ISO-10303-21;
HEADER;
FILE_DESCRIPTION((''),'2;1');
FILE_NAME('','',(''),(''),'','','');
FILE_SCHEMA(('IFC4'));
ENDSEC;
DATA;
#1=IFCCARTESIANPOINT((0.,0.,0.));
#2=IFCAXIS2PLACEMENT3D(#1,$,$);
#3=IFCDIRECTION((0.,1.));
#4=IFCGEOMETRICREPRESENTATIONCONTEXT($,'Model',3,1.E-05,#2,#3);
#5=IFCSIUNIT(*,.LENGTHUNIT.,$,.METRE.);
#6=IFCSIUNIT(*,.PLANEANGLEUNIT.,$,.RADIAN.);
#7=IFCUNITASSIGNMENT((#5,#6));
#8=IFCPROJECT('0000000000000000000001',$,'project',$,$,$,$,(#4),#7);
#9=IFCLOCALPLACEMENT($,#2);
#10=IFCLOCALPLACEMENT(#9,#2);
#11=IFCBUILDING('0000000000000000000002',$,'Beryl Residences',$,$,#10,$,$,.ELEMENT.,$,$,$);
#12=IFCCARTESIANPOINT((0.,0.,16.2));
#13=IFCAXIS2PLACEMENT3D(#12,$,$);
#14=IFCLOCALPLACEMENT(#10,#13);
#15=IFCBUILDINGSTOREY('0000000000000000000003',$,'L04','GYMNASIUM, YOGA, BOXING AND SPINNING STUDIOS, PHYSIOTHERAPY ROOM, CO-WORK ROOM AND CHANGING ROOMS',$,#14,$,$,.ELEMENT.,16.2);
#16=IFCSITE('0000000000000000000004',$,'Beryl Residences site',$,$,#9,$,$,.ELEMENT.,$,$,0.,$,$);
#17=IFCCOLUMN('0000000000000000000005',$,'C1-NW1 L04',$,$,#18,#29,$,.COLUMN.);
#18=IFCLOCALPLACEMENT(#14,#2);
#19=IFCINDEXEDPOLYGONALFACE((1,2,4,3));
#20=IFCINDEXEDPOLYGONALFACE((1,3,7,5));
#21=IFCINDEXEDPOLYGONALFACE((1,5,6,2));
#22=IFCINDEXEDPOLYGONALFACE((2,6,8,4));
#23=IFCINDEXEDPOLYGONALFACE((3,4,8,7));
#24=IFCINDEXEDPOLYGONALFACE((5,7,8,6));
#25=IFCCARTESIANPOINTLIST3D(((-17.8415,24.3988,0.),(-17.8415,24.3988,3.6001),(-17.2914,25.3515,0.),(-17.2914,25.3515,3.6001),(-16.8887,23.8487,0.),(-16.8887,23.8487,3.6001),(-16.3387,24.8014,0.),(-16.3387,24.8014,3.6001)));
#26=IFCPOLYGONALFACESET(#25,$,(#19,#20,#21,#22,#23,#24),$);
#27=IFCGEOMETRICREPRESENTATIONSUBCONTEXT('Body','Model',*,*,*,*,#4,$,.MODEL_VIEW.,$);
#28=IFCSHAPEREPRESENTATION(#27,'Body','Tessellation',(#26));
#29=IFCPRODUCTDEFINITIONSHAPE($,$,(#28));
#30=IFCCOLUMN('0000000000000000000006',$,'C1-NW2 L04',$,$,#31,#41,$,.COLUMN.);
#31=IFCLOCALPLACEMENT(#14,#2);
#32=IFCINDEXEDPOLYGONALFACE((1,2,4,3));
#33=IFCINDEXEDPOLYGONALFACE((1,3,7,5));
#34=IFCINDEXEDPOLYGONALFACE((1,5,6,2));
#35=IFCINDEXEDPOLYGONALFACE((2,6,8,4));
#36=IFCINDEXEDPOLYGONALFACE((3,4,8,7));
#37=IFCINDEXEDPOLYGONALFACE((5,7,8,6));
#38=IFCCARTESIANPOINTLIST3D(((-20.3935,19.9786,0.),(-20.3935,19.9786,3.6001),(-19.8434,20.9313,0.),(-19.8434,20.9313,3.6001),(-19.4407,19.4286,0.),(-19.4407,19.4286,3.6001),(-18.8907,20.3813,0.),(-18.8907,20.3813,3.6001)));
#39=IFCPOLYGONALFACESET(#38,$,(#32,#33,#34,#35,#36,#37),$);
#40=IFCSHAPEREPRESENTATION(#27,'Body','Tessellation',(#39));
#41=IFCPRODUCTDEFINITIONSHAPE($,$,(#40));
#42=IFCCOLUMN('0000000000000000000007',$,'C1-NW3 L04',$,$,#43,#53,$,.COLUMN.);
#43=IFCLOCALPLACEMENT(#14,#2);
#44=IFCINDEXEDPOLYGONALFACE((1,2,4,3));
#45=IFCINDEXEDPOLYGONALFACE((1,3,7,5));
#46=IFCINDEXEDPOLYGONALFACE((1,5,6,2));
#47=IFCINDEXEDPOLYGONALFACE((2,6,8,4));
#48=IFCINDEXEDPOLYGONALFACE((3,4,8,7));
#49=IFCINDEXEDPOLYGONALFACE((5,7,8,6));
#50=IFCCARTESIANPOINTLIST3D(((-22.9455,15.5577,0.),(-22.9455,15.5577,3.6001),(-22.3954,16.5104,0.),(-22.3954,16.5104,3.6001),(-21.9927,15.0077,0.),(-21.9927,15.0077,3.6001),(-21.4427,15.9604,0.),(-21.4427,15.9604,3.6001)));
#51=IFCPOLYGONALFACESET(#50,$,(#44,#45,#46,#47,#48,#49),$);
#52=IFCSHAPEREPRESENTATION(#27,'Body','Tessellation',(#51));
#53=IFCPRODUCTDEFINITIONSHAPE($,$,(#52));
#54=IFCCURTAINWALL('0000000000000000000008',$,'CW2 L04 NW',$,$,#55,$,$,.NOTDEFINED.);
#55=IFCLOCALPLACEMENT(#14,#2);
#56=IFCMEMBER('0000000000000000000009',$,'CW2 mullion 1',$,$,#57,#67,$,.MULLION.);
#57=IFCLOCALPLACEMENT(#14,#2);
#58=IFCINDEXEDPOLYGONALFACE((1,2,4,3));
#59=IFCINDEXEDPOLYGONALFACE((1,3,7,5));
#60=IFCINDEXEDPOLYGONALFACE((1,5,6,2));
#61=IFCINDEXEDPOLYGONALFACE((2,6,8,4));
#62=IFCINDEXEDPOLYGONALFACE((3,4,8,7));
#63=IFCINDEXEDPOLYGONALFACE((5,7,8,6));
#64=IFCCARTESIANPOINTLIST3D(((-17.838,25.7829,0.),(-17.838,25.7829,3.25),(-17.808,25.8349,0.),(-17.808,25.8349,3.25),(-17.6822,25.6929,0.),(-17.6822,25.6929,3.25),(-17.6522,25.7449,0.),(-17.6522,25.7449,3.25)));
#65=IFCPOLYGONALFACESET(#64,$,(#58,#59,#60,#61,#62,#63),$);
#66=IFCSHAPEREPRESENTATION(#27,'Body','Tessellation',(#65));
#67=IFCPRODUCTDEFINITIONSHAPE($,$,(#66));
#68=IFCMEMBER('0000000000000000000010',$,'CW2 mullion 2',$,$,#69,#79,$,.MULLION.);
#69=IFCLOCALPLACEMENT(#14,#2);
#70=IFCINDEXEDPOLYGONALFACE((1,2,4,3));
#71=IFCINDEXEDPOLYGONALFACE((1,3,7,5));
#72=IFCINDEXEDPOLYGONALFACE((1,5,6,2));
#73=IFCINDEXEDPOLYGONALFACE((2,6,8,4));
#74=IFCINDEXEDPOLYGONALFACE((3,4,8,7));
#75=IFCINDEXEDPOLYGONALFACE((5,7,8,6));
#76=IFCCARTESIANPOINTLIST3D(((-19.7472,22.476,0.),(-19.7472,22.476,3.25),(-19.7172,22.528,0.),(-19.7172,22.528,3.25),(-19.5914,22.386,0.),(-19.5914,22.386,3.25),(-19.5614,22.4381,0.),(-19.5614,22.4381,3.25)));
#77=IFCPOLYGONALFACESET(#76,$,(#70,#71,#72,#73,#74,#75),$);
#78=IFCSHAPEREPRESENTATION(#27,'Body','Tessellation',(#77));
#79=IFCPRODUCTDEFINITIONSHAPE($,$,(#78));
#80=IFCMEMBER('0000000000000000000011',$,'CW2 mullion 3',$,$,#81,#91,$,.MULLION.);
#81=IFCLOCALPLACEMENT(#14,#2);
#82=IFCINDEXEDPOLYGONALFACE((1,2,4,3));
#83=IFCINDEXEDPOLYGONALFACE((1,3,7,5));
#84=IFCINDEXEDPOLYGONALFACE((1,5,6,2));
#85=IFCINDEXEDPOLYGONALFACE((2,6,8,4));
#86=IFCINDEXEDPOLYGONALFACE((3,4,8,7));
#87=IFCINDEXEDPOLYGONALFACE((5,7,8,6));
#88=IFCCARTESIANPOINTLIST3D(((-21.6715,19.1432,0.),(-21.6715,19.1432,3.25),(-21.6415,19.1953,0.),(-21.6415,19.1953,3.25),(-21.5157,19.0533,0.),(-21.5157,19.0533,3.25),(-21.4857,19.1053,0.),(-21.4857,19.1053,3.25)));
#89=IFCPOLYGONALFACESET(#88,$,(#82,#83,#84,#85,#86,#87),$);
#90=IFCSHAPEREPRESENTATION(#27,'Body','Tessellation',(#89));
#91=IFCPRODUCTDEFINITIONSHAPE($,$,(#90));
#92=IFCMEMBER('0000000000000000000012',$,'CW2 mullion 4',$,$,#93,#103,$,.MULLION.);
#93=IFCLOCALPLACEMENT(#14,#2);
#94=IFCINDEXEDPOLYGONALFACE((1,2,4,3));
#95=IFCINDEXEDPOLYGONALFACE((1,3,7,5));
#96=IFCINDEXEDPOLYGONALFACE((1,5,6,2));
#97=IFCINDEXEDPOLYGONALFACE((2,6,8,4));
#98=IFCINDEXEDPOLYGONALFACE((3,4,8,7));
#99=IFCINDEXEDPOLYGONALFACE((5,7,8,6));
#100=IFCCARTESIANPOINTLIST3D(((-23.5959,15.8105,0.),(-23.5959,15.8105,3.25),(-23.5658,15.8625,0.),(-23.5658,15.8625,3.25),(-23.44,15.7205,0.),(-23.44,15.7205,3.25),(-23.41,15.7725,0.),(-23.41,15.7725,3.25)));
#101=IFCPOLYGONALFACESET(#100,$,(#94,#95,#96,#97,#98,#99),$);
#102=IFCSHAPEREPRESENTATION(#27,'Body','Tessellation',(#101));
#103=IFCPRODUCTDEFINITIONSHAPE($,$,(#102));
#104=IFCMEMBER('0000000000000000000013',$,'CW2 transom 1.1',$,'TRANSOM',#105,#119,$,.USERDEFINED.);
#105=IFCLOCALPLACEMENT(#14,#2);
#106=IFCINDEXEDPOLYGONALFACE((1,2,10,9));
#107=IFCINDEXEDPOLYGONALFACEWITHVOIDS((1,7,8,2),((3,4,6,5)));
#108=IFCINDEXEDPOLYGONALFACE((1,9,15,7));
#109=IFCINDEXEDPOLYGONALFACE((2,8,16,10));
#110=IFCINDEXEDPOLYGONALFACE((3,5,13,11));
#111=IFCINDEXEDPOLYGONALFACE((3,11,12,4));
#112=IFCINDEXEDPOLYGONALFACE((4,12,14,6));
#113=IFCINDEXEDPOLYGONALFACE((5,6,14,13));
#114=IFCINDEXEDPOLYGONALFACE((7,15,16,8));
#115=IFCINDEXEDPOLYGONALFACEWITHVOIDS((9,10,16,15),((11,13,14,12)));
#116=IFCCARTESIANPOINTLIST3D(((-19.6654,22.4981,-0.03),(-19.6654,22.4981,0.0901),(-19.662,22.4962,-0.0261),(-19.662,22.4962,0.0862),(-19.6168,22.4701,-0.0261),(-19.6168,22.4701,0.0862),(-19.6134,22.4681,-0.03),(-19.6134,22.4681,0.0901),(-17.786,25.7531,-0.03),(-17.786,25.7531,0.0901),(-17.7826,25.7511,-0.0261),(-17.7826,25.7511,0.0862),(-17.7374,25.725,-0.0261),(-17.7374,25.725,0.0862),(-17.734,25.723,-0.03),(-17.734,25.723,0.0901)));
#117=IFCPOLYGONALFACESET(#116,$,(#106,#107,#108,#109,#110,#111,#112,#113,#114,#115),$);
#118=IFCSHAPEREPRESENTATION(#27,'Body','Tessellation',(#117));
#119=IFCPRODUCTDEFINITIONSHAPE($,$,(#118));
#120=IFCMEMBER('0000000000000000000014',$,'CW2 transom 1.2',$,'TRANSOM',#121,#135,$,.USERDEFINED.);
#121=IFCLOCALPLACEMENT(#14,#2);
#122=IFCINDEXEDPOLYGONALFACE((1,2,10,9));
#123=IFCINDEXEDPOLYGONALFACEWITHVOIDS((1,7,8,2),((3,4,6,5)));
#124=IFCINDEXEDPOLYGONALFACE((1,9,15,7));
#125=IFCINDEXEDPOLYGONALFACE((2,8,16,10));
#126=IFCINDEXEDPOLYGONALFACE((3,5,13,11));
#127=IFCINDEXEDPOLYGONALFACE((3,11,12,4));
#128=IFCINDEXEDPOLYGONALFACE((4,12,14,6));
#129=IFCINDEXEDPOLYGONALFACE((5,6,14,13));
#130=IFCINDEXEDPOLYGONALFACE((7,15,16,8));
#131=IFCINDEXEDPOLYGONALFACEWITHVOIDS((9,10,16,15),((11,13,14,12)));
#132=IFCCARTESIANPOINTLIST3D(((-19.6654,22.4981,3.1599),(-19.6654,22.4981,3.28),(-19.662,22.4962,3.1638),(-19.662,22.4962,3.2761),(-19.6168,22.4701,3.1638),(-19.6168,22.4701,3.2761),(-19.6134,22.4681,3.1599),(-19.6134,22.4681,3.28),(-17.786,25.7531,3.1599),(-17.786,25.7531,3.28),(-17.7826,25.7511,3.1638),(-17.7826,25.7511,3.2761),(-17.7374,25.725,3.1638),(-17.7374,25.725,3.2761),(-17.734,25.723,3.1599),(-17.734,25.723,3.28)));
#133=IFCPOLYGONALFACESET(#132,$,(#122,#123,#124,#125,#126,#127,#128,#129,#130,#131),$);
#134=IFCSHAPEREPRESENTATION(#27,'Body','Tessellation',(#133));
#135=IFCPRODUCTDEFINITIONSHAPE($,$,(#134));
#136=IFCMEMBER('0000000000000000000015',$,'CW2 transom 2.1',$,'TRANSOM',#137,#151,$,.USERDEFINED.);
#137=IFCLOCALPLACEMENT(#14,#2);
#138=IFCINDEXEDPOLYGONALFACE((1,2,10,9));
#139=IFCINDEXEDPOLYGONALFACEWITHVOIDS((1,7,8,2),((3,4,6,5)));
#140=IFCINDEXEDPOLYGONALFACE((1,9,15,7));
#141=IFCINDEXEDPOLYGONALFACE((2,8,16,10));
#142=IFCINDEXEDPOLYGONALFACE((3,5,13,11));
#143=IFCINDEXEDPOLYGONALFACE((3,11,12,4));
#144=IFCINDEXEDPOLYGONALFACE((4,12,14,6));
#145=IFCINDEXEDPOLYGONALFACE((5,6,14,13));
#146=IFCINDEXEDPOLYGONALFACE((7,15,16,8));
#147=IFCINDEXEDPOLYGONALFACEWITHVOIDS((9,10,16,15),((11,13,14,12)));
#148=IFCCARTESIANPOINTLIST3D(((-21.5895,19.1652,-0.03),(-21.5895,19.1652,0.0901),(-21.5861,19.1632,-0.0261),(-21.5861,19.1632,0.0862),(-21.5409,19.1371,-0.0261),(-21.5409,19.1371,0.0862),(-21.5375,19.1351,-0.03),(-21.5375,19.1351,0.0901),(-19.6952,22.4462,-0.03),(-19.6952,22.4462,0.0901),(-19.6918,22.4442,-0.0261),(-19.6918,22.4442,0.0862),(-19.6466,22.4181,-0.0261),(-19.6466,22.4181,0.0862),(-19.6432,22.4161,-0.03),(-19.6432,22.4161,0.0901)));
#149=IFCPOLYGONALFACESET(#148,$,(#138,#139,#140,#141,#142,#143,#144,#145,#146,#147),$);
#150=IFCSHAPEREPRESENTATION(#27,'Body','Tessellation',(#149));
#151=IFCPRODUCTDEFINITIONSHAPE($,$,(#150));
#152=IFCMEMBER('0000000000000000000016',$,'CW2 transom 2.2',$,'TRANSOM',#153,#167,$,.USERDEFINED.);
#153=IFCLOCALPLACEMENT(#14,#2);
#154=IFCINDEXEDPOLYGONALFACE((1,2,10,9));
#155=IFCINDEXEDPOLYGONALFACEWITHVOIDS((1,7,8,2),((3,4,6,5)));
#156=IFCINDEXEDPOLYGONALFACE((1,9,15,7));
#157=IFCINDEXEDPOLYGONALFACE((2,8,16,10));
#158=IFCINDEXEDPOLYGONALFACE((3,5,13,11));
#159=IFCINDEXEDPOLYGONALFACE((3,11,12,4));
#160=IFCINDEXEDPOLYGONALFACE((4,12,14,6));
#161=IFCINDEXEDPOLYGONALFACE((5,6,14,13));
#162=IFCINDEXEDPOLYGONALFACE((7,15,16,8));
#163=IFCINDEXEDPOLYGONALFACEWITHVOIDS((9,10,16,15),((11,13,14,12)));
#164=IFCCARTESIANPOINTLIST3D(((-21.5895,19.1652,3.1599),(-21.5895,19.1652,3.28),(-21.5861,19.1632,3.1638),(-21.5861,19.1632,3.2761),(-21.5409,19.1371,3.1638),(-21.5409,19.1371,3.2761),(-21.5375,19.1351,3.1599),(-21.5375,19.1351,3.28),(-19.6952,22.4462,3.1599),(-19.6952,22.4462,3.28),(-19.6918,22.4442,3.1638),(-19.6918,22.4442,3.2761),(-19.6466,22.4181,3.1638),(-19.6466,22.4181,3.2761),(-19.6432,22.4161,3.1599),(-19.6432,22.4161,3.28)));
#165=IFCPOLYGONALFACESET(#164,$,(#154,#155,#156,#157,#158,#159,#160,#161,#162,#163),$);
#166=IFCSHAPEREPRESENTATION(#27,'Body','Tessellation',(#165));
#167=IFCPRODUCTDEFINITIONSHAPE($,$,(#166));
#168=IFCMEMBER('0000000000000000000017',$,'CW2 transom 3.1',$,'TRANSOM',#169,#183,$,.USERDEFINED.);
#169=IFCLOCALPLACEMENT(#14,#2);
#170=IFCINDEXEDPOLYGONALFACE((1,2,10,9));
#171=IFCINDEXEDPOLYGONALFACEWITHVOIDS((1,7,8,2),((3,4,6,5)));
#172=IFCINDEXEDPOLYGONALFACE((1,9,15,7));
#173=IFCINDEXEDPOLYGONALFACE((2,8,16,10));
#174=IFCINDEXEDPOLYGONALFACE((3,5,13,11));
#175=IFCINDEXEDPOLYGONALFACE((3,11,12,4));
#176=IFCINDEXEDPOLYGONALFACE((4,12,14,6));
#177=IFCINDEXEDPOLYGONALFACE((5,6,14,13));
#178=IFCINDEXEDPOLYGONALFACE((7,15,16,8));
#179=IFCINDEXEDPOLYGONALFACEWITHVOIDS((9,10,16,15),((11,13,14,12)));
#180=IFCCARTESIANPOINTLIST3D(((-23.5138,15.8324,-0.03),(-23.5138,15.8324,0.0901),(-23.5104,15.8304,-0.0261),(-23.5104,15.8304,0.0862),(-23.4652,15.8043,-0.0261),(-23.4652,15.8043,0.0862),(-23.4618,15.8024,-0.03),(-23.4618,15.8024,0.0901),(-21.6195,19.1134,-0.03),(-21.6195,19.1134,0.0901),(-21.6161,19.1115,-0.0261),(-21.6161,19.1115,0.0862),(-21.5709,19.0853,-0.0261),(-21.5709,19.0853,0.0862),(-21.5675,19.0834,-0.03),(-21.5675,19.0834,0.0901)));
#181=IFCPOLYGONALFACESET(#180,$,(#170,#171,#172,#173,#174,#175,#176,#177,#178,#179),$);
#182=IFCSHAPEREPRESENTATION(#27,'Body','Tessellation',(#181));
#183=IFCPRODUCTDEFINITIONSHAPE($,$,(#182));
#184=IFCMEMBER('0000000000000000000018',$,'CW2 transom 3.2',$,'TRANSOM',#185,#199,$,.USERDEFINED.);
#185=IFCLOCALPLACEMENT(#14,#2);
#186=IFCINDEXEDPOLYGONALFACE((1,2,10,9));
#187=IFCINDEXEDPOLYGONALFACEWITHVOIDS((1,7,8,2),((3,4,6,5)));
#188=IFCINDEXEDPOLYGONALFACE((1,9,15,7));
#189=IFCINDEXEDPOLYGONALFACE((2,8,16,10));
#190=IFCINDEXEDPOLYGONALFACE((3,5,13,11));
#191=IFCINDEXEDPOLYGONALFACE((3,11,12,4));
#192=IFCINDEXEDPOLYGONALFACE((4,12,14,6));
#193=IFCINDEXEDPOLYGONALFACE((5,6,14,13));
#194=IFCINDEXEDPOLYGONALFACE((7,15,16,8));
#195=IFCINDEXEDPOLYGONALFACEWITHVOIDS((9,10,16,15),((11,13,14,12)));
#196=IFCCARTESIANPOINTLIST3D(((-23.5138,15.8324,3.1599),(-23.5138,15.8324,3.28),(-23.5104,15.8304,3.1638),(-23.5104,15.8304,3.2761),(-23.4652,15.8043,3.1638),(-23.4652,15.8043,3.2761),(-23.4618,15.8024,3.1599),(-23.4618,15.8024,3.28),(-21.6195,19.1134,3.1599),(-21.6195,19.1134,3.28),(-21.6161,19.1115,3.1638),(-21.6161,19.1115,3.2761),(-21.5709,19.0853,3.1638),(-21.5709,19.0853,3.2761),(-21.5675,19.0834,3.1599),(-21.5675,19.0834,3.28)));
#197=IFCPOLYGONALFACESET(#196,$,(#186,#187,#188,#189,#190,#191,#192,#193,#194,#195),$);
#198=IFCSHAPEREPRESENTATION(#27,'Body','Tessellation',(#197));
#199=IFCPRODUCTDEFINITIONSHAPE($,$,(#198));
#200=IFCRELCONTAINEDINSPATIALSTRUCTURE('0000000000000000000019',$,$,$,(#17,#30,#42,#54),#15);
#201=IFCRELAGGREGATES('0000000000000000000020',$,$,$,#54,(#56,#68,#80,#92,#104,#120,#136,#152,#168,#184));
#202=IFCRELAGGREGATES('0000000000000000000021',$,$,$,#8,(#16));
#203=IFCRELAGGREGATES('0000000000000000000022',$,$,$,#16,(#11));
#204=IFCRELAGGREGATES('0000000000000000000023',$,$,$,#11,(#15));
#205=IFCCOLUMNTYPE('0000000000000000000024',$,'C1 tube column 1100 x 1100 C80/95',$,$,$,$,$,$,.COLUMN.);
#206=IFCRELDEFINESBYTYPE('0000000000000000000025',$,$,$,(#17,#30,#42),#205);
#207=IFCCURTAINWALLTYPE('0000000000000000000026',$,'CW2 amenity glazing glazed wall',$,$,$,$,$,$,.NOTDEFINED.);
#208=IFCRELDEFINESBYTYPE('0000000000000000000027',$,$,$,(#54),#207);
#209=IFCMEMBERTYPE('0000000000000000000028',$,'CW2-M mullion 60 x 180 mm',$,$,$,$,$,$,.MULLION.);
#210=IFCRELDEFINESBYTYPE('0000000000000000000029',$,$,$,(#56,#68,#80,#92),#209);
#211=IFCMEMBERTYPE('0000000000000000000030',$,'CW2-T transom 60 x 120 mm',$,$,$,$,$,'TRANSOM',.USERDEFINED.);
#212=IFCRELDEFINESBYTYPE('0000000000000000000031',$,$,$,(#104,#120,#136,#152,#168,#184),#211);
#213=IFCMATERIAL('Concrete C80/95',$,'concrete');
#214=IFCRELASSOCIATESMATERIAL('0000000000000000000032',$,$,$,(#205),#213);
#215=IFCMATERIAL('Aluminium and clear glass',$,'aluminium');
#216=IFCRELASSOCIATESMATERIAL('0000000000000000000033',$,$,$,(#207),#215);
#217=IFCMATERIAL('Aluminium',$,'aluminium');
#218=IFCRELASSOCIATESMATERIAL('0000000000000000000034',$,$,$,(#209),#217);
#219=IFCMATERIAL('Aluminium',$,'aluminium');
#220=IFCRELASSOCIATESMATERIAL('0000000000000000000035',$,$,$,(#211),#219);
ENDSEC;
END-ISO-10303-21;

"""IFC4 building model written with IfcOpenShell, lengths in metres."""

from ifc_helpers import new_model, si_unit, direction, frame, origin, origin_2d, place, context, subcontext, project, spatial, rectangle, hollow_rectangle, extrude, material, material_profile, profile_set, type_object, element, aggregate, save


model = new_model("IFC4")

# Units and contexts
model_context = context("Model", 3, precision=1e-05, world=origin(), true_north=direction((0.0, 1.0)))
body_context = subcontext(model_context, "Body", "Model", "MODEL_VIEW")
ifc_project = project(units=[si_unit("LENGTHUNIT", "METRE"), si_unit("PLANEANGLEUNIT", "RADIAN")], contexts=[model_context])

# Site, building, storey
site_placement = place(None, origin())
site = spatial("IfcSite", under=ifc_project, at=site_placement, Name="Beryl Residences site", CompositionType="ELEMENT", RefElevation=0.0)
building_placement = place(site_placement, origin())
building = spatial("IfcBuilding", under=site, at=building_placement, Name="Beryl Residences", CompositionType="ELEMENT")
storey_placement = place(building_placement, frame((0.0, 0.0, 16.2)))
storey = spatial("IfcBuildingStorey", under=building, at=storey_placement, Name="L04", Description="GYMNASIUM, YOGA, BOXING AND SPINNING STUDIOS, PHYSIOTHERAPY ROOM, CO-WORK ROOM AND CHANGING ROOMS", CompositionType="ELEMENT", Elevation=16.2)

# Columns
ifc_material_1 = material(Name="Concrete C80/95", Category="concrete")
ifc_material_profile_1 = material_profile(ifc_material_1, rectangle(XDim=1.1001, YDim=1.1001, at=origin_2d()))
ifc_profile_set_1 = profile_set([ifc_material_profile_1], Name="Concrete C80/95")
column_type = type_object("IfcColumnType", Name="C1 tube column 1100 x 1100 C80/95", PredefinedType="COLUMN", material=ifc_profile_set_1)
for number, where, z_axis, x_axis, name in (
    (1, (-17.0901, 24.6001, 0.0), (0.0, 0.0, 1.0), (-0.499985, -0.866034, 0.0), "C1-NW1 L04"),
    (2, (-19.6421, 20.1799, 0.0), (0.0, 0.0, 1.0), (-0.499985, -0.866034, 0.0), "C1-NW2 L04"),
    (3, (-22.1941, 15.759, 0.0), (0.0, 0.0, 1.0), (-0.499985, -0.866034, 0.0), "C1-NW3 L04"),
):
    element("IfcColumn", number, at=place(storey_placement, frame(where, z_axis=z_axis, x_axis=x_axis)), inside=storey, type_object=column_type, Name=name, PredefinedType="COLUMN", context=body_context, shape_type="SweptSolid", body=[
        extrude(rectangle(XDim=1.1001, YDim=1.1001, at=origin_2d()), origin(), (0.0, 0.0, 1.0), 3.6001),
    ])

# Curtain wall, members
ifc_material_2 = material(Name="Aluminium and clear glass", Category="aluminium")
curtain_wall_type = type_object("IfcCurtainWallType", Name="CW2 amenity glazing glazed wall", PredefinedType="NOTDEFINED", material=ifc_material_2)
curtain_wall_placement = place(storey_placement, origin())
curtain_wall = element("IfcCurtainWall", 4, at=curtain_wall_placement, inside=storey, type_object=curtain_wall_type, Name="CW2 L04 NW", PredefinedType="NOTDEFINED")
ifc_material_3 = material(Name="Aluminium", Category="aluminium")
ifc_material_profile_2 = material_profile(ifc_material_3, rectangle(XDim=0.0601, YDim=0.1799, at=origin_2d()))
ifc_profile_set_2 = profile_set([ifc_material_profile_2], Name="Aluminium")
member_type_1 = type_object("IfcMemberType", Name="CW2-M mullion 60 x 180 mm", PredefinedType="MULLION", material=ifc_profile_set_2)
member_1_placement = place(storey_placement, frame((-17.7451, 25.7639, 0.0), z_axis=(0.0, 0.0, 1.0), x_axis=(-0.500012, -0.866019, 0.0)))
member_1 = element("IfcMember", 5, at=member_1_placement, type_object=member_type_1, Name="CW2 mullion 1", PredefinedType="MULLION", context=body_context, shape_type="SweptSolid", body=[
    extrude(rectangle(XDim=0.0601, YDim=0.1799, at=origin_2d()), origin(), (0.0, 0.0, 1.0), 3.25),
])
member_2_placement = place(storey_placement, frame((-19.6543, 22.457, 0.0), z_axis=(0.0, 0.0, 1.0), x_axis=(-0.500012, -0.866019, 0.0)))
member_2 = element("IfcMember", 6, at=member_2_placement, type_object=member_type_1, Name="CW2 mullion 2", PredefinedType="MULLION", context=body_context, shape_type="SweptSolid", body=[
    extrude(rectangle(XDim=0.0601, YDim=0.1799, at=origin_2d()), origin(), (0.0, 0.0, 1.0), 3.25),
])
member_3_placement = place(storey_placement, frame((-21.5786, 19.1243, 0.0), z_axis=(0.0, 0.0, 1.0), x_axis=(-0.500012, -0.866019, 0.0)))
member_3 = element("IfcMember", 7, at=member_3_placement, type_object=member_type_1, Name="CW2 mullion 3", PredefinedType="MULLION", context=body_context, shape_type="SweptSolid", body=[
    extrude(rectangle(XDim=0.0601, YDim=0.1799, at=origin_2d()), origin(), (0.0, 0.0, 1.0), 3.25),
])
member_4_placement = place(storey_placement, frame((-23.5029, 15.7915, 0.0), z_axis=(0.0, 0.0, 1.0), x_axis=(-0.500012, -0.866019, 0.0)))
member_4 = element("IfcMember", 8, at=member_4_placement, type_object=member_type_1, Name="CW2 mullion 4", PredefinedType="MULLION", context=body_context, shape_type="SweptSolid", body=[
    extrude(rectangle(XDim=0.0601, YDim=0.1799, at=origin_2d()), origin(), (0.0, 0.0, 1.0), 3.25),
])
ifc_material_4 = material(Name="Aluminium", Category="aluminium")
ifc_material_profile_3 = material_profile(ifc_material_4, hollow_rectangle(XDim=0.0601, YDim=0.1201, WallThickness=0.0039, at=origin_2d()))
ifc_profile_set_3 = profile_set([ifc_material_profile_3], Name="Aluminium")
member_type_2 = type_object("IfcMemberType", Name="CW2-T transom 60 x 120 mm", ElementType="TRANSOM", PredefinedType="USERDEFINED", material=ifc_profile_set_3)
member_5_placement = place(storey_placement, frame((-17.76, 25.738, 0.03), z_axis=(-0.500037, -0.866004, 0.0), x_axis=(0.866004, -0.500037, 0.0)))
member_5 = element("IfcMember", 9, at=member_5_placement, type_object=member_type_2, Name="CW2 transom 1.1", ObjectType="TRANSOM", PredefinedType="USERDEFINED", context=body_context, shape_type="SweptSolid", body=[
    extrude(hollow_rectangle(XDim=0.0601, YDim=0.1201, WallThickness=0.0039, at=origin_2d()), origin(), (0.0, 0.0, 1.0), 3.7585),
])
member_6_placement = place(storey_placement, frame((-17.76, 25.738, 3.22), z_axis=(-0.500037, -0.866004, 0.0), x_axis=(0.866004, -0.500037, 0.0)))
member_6 = element("IfcMember", 10, at=member_6_placement, type_object=member_type_2, Name="CW2 transom 1.2", ObjectType="TRANSOM", PredefinedType="USERDEFINED", context=body_context, shape_type="SweptSolid", body=[
    extrude(hollow_rectangle(XDim=0.0601, YDim=0.1201, WallThickness=0.0039, at=origin_2d()), origin(), (0.0, 0.0, 1.0), 3.7585),
])
member_7_placement = place(storey_placement, frame((-19.6692, 22.4312, 0.03), z_axis=(-0.5, -0.866026, 0.0), x_axis=(0.866026, -0.5, 0.0)))
member_7 = element("IfcMember", 11, at=member_7_placement, type_object=member_type_2, Name="CW2 transom 2.1", ObjectType="TRANSOM", PredefinedType="USERDEFINED", context=body_context, shape_type="SweptSolid", body=[
    extrude(hollow_rectangle(XDim=0.0601, YDim=0.1201, WallThickness=0.0039, at=origin_2d()), origin(), (0.0, 0.0, 1.0), 3.7886),
])
member_8_placement = place(storey_placement, frame((-19.6692, 22.4312, 3.22), z_axis=(-0.5, -0.866026, 0.0), x_axis=(0.866026, -0.5, 0.0)))
member_8 = element("IfcMember", 12, at=member_8_placement, type_object=member_type_2, Name="CW2 transom 2.2", ObjectType="TRANSOM", PredefinedType="USERDEFINED", context=body_context, shape_type="SweptSolid", body=[
    extrude(hollow_rectangle(XDim=0.0601, YDim=0.1201, WallThickness=0.0039, at=origin_2d()), origin(), (0.0, 0.0, 1.0), 3.7886),
])
member_9_placement = place(storey_placement, frame((-21.5935, 19.0984, 0.03), z_axis=(-0.5, -0.866026, 0.0), x_axis=(0.866026, -0.5, 0.0)))
member_9 = element("IfcMember", 13, at=member_9_placement, type_object=member_type_2, Name="CW2 transom 3.1", ObjectType="TRANSOM", PredefinedType="USERDEFINED", context=body_context, shape_type="SweptSolid", body=[
    extrude(hollow_rectangle(XDim=0.0601, YDim=0.1201, WallThickness=0.0039, at=origin_2d()), origin(), (0.0, 0.0, 1.0), 3.7886),
])
member_10_placement = place(storey_placement, frame((-21.5935, 19.0984, 3.22), z_axis=(-0.5, -0.866026, 0.0), x_axis=(0.866026, -0.5, 0.0)))
member_10 = element("IfcMember", 14, at=member_10_placement, type_object=member_type_2, Name="CW2 transom 3.2", ObjectType="TRANSOM", PredefinedType="USERDEFINED", context=body_context, shape_type="SweptSolid", body=[
    extrude(hollow_rectangle(XDim=0.0601, YDim=0.1201, WallThickness=0.0039, at=origin_2d()), origin(), (0.0, 0.0, 1.0), 3.7886),
])

aggregate(curtain_wall, [member_1, member_2, member_3, member_4, member_5, member_6, member_7, member_8, member_9, member_10])

save(model, "model.ifc")
